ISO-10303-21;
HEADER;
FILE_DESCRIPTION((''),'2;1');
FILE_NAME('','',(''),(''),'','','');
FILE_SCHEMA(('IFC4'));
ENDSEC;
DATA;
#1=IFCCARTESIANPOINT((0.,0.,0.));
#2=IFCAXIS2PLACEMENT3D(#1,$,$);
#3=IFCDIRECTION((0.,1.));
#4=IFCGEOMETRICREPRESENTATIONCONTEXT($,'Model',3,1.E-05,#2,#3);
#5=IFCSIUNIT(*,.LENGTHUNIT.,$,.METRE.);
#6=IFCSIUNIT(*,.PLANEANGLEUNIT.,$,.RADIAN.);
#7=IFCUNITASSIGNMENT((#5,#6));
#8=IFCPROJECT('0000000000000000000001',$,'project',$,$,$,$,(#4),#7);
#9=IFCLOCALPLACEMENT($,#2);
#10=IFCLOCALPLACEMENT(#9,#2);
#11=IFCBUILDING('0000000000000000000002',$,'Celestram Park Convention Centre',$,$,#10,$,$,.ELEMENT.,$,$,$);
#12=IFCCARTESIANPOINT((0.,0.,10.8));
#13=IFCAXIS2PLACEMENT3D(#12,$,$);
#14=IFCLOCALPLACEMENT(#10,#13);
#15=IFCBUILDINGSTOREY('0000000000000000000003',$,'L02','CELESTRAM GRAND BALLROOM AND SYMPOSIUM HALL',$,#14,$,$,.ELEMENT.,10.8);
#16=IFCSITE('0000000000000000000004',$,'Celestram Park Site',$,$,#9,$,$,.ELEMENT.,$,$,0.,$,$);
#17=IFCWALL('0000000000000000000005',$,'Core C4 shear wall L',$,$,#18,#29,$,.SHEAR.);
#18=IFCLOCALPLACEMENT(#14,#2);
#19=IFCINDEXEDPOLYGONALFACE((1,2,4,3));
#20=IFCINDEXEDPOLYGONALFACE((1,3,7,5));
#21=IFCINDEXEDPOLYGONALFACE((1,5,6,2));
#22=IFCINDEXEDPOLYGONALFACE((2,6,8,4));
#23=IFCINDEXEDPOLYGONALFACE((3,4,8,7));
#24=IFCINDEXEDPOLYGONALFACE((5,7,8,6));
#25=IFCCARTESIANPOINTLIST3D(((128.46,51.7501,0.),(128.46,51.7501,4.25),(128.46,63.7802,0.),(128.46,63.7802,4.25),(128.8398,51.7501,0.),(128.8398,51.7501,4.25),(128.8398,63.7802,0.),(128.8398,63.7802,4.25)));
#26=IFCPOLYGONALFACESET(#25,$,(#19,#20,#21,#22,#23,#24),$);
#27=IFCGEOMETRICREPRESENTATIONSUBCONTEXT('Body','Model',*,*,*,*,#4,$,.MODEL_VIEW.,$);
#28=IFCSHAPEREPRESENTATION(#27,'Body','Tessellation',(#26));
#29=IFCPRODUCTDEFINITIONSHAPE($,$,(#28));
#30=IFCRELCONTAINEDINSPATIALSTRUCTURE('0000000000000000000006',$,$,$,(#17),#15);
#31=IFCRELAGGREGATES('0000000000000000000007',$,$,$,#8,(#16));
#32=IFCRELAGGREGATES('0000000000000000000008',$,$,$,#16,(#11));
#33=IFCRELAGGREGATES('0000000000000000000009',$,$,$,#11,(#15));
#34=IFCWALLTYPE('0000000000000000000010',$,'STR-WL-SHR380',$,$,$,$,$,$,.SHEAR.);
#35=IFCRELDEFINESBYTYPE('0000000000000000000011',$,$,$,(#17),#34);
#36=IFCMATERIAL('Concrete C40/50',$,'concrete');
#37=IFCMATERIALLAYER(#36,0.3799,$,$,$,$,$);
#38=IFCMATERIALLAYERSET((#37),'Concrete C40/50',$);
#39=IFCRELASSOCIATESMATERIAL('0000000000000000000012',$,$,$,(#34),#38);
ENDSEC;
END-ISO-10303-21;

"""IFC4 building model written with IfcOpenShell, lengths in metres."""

from ifc_helpers import new_model, si_unit, direction, frame, frame_2d, origin, place, context, subcontext, project, spatial, rectangle, extrude, material, layer, layer_set, type_object, element, save


model = new_model("IFC4")

# Units and contexts
model_context = context("Model", 3, precision=1e-05, world=origin(), true_north=direction((0.0, 1.0)))
body_context = subcontext(model_context, "Body", "Model", "MODEL_VIEW")
ifc_project = project(units=[si_unit("LENGTHUNIT", "METRE"), si_unit("PLANEANGLEUNIT", "RADIAN")], contexts=[model_context])

# Site, building, storey
site_placement = place(None, origin())
site = spatial("IfcSite", under=ifc_project, at=site_placement, Name="Celestram Park Site", CompositionType="ELEMENT", RefElevation=0.0)
building_placement = place(site_placement, origin())
building = spatial("IfcBuilding", under=site, at=building_placement, Name="Celestram Park Convention Centre", CompositionType="ELEMENT")
storey_placement = place(building_placement, frame((0.0, 0.0, 10.8)))
storey = spatial("IfcBuildingStorey", under=building, at=storey_placement, Name="L02", Description="CELESTRAM GRAND BALLROOM AND SYMPOSIUM HALL", CompositionType="ELEMENT", Elevation=10.8)

# Shared definitions
ifc_material_1 = material(Name="Concrete C40/50", Category="concrete")

# Wall
ifc_layer_1 = layer(ifc_material_1, 0.3799)
ifc_layer_set_1 = layer_set([ifc_layer_1], Name="Concrete C40/50")
wall_type_1 = type_object("IfcWallType", Name="STR-WL-SHR380", PredefinedType="SHEAR", material=ifc_layer_set_1)
wall_1_placement = place(storey_placement, frame((128.6499, 51.75, 0.0), z_axis=(0.0, 0.0, 1.0), x_axis=(0.0, 1.0, 0.0)))
element("IfcWall", 1, at=wall_1_placement, inside=storey, type_object=wall_type_1, Name="Core C4 shear wall L", PredefinedType="SHEAR", context=body_context, shape_type="SweptSolid", body=[
    extrude(rectangle(XDim=12.03, YDim=0.3799, at=frame_2d((6.0151, 0.0))), origin(), (0.0, 0.0, 1.0), 4.25),
])

save(model, "model.ifc")
